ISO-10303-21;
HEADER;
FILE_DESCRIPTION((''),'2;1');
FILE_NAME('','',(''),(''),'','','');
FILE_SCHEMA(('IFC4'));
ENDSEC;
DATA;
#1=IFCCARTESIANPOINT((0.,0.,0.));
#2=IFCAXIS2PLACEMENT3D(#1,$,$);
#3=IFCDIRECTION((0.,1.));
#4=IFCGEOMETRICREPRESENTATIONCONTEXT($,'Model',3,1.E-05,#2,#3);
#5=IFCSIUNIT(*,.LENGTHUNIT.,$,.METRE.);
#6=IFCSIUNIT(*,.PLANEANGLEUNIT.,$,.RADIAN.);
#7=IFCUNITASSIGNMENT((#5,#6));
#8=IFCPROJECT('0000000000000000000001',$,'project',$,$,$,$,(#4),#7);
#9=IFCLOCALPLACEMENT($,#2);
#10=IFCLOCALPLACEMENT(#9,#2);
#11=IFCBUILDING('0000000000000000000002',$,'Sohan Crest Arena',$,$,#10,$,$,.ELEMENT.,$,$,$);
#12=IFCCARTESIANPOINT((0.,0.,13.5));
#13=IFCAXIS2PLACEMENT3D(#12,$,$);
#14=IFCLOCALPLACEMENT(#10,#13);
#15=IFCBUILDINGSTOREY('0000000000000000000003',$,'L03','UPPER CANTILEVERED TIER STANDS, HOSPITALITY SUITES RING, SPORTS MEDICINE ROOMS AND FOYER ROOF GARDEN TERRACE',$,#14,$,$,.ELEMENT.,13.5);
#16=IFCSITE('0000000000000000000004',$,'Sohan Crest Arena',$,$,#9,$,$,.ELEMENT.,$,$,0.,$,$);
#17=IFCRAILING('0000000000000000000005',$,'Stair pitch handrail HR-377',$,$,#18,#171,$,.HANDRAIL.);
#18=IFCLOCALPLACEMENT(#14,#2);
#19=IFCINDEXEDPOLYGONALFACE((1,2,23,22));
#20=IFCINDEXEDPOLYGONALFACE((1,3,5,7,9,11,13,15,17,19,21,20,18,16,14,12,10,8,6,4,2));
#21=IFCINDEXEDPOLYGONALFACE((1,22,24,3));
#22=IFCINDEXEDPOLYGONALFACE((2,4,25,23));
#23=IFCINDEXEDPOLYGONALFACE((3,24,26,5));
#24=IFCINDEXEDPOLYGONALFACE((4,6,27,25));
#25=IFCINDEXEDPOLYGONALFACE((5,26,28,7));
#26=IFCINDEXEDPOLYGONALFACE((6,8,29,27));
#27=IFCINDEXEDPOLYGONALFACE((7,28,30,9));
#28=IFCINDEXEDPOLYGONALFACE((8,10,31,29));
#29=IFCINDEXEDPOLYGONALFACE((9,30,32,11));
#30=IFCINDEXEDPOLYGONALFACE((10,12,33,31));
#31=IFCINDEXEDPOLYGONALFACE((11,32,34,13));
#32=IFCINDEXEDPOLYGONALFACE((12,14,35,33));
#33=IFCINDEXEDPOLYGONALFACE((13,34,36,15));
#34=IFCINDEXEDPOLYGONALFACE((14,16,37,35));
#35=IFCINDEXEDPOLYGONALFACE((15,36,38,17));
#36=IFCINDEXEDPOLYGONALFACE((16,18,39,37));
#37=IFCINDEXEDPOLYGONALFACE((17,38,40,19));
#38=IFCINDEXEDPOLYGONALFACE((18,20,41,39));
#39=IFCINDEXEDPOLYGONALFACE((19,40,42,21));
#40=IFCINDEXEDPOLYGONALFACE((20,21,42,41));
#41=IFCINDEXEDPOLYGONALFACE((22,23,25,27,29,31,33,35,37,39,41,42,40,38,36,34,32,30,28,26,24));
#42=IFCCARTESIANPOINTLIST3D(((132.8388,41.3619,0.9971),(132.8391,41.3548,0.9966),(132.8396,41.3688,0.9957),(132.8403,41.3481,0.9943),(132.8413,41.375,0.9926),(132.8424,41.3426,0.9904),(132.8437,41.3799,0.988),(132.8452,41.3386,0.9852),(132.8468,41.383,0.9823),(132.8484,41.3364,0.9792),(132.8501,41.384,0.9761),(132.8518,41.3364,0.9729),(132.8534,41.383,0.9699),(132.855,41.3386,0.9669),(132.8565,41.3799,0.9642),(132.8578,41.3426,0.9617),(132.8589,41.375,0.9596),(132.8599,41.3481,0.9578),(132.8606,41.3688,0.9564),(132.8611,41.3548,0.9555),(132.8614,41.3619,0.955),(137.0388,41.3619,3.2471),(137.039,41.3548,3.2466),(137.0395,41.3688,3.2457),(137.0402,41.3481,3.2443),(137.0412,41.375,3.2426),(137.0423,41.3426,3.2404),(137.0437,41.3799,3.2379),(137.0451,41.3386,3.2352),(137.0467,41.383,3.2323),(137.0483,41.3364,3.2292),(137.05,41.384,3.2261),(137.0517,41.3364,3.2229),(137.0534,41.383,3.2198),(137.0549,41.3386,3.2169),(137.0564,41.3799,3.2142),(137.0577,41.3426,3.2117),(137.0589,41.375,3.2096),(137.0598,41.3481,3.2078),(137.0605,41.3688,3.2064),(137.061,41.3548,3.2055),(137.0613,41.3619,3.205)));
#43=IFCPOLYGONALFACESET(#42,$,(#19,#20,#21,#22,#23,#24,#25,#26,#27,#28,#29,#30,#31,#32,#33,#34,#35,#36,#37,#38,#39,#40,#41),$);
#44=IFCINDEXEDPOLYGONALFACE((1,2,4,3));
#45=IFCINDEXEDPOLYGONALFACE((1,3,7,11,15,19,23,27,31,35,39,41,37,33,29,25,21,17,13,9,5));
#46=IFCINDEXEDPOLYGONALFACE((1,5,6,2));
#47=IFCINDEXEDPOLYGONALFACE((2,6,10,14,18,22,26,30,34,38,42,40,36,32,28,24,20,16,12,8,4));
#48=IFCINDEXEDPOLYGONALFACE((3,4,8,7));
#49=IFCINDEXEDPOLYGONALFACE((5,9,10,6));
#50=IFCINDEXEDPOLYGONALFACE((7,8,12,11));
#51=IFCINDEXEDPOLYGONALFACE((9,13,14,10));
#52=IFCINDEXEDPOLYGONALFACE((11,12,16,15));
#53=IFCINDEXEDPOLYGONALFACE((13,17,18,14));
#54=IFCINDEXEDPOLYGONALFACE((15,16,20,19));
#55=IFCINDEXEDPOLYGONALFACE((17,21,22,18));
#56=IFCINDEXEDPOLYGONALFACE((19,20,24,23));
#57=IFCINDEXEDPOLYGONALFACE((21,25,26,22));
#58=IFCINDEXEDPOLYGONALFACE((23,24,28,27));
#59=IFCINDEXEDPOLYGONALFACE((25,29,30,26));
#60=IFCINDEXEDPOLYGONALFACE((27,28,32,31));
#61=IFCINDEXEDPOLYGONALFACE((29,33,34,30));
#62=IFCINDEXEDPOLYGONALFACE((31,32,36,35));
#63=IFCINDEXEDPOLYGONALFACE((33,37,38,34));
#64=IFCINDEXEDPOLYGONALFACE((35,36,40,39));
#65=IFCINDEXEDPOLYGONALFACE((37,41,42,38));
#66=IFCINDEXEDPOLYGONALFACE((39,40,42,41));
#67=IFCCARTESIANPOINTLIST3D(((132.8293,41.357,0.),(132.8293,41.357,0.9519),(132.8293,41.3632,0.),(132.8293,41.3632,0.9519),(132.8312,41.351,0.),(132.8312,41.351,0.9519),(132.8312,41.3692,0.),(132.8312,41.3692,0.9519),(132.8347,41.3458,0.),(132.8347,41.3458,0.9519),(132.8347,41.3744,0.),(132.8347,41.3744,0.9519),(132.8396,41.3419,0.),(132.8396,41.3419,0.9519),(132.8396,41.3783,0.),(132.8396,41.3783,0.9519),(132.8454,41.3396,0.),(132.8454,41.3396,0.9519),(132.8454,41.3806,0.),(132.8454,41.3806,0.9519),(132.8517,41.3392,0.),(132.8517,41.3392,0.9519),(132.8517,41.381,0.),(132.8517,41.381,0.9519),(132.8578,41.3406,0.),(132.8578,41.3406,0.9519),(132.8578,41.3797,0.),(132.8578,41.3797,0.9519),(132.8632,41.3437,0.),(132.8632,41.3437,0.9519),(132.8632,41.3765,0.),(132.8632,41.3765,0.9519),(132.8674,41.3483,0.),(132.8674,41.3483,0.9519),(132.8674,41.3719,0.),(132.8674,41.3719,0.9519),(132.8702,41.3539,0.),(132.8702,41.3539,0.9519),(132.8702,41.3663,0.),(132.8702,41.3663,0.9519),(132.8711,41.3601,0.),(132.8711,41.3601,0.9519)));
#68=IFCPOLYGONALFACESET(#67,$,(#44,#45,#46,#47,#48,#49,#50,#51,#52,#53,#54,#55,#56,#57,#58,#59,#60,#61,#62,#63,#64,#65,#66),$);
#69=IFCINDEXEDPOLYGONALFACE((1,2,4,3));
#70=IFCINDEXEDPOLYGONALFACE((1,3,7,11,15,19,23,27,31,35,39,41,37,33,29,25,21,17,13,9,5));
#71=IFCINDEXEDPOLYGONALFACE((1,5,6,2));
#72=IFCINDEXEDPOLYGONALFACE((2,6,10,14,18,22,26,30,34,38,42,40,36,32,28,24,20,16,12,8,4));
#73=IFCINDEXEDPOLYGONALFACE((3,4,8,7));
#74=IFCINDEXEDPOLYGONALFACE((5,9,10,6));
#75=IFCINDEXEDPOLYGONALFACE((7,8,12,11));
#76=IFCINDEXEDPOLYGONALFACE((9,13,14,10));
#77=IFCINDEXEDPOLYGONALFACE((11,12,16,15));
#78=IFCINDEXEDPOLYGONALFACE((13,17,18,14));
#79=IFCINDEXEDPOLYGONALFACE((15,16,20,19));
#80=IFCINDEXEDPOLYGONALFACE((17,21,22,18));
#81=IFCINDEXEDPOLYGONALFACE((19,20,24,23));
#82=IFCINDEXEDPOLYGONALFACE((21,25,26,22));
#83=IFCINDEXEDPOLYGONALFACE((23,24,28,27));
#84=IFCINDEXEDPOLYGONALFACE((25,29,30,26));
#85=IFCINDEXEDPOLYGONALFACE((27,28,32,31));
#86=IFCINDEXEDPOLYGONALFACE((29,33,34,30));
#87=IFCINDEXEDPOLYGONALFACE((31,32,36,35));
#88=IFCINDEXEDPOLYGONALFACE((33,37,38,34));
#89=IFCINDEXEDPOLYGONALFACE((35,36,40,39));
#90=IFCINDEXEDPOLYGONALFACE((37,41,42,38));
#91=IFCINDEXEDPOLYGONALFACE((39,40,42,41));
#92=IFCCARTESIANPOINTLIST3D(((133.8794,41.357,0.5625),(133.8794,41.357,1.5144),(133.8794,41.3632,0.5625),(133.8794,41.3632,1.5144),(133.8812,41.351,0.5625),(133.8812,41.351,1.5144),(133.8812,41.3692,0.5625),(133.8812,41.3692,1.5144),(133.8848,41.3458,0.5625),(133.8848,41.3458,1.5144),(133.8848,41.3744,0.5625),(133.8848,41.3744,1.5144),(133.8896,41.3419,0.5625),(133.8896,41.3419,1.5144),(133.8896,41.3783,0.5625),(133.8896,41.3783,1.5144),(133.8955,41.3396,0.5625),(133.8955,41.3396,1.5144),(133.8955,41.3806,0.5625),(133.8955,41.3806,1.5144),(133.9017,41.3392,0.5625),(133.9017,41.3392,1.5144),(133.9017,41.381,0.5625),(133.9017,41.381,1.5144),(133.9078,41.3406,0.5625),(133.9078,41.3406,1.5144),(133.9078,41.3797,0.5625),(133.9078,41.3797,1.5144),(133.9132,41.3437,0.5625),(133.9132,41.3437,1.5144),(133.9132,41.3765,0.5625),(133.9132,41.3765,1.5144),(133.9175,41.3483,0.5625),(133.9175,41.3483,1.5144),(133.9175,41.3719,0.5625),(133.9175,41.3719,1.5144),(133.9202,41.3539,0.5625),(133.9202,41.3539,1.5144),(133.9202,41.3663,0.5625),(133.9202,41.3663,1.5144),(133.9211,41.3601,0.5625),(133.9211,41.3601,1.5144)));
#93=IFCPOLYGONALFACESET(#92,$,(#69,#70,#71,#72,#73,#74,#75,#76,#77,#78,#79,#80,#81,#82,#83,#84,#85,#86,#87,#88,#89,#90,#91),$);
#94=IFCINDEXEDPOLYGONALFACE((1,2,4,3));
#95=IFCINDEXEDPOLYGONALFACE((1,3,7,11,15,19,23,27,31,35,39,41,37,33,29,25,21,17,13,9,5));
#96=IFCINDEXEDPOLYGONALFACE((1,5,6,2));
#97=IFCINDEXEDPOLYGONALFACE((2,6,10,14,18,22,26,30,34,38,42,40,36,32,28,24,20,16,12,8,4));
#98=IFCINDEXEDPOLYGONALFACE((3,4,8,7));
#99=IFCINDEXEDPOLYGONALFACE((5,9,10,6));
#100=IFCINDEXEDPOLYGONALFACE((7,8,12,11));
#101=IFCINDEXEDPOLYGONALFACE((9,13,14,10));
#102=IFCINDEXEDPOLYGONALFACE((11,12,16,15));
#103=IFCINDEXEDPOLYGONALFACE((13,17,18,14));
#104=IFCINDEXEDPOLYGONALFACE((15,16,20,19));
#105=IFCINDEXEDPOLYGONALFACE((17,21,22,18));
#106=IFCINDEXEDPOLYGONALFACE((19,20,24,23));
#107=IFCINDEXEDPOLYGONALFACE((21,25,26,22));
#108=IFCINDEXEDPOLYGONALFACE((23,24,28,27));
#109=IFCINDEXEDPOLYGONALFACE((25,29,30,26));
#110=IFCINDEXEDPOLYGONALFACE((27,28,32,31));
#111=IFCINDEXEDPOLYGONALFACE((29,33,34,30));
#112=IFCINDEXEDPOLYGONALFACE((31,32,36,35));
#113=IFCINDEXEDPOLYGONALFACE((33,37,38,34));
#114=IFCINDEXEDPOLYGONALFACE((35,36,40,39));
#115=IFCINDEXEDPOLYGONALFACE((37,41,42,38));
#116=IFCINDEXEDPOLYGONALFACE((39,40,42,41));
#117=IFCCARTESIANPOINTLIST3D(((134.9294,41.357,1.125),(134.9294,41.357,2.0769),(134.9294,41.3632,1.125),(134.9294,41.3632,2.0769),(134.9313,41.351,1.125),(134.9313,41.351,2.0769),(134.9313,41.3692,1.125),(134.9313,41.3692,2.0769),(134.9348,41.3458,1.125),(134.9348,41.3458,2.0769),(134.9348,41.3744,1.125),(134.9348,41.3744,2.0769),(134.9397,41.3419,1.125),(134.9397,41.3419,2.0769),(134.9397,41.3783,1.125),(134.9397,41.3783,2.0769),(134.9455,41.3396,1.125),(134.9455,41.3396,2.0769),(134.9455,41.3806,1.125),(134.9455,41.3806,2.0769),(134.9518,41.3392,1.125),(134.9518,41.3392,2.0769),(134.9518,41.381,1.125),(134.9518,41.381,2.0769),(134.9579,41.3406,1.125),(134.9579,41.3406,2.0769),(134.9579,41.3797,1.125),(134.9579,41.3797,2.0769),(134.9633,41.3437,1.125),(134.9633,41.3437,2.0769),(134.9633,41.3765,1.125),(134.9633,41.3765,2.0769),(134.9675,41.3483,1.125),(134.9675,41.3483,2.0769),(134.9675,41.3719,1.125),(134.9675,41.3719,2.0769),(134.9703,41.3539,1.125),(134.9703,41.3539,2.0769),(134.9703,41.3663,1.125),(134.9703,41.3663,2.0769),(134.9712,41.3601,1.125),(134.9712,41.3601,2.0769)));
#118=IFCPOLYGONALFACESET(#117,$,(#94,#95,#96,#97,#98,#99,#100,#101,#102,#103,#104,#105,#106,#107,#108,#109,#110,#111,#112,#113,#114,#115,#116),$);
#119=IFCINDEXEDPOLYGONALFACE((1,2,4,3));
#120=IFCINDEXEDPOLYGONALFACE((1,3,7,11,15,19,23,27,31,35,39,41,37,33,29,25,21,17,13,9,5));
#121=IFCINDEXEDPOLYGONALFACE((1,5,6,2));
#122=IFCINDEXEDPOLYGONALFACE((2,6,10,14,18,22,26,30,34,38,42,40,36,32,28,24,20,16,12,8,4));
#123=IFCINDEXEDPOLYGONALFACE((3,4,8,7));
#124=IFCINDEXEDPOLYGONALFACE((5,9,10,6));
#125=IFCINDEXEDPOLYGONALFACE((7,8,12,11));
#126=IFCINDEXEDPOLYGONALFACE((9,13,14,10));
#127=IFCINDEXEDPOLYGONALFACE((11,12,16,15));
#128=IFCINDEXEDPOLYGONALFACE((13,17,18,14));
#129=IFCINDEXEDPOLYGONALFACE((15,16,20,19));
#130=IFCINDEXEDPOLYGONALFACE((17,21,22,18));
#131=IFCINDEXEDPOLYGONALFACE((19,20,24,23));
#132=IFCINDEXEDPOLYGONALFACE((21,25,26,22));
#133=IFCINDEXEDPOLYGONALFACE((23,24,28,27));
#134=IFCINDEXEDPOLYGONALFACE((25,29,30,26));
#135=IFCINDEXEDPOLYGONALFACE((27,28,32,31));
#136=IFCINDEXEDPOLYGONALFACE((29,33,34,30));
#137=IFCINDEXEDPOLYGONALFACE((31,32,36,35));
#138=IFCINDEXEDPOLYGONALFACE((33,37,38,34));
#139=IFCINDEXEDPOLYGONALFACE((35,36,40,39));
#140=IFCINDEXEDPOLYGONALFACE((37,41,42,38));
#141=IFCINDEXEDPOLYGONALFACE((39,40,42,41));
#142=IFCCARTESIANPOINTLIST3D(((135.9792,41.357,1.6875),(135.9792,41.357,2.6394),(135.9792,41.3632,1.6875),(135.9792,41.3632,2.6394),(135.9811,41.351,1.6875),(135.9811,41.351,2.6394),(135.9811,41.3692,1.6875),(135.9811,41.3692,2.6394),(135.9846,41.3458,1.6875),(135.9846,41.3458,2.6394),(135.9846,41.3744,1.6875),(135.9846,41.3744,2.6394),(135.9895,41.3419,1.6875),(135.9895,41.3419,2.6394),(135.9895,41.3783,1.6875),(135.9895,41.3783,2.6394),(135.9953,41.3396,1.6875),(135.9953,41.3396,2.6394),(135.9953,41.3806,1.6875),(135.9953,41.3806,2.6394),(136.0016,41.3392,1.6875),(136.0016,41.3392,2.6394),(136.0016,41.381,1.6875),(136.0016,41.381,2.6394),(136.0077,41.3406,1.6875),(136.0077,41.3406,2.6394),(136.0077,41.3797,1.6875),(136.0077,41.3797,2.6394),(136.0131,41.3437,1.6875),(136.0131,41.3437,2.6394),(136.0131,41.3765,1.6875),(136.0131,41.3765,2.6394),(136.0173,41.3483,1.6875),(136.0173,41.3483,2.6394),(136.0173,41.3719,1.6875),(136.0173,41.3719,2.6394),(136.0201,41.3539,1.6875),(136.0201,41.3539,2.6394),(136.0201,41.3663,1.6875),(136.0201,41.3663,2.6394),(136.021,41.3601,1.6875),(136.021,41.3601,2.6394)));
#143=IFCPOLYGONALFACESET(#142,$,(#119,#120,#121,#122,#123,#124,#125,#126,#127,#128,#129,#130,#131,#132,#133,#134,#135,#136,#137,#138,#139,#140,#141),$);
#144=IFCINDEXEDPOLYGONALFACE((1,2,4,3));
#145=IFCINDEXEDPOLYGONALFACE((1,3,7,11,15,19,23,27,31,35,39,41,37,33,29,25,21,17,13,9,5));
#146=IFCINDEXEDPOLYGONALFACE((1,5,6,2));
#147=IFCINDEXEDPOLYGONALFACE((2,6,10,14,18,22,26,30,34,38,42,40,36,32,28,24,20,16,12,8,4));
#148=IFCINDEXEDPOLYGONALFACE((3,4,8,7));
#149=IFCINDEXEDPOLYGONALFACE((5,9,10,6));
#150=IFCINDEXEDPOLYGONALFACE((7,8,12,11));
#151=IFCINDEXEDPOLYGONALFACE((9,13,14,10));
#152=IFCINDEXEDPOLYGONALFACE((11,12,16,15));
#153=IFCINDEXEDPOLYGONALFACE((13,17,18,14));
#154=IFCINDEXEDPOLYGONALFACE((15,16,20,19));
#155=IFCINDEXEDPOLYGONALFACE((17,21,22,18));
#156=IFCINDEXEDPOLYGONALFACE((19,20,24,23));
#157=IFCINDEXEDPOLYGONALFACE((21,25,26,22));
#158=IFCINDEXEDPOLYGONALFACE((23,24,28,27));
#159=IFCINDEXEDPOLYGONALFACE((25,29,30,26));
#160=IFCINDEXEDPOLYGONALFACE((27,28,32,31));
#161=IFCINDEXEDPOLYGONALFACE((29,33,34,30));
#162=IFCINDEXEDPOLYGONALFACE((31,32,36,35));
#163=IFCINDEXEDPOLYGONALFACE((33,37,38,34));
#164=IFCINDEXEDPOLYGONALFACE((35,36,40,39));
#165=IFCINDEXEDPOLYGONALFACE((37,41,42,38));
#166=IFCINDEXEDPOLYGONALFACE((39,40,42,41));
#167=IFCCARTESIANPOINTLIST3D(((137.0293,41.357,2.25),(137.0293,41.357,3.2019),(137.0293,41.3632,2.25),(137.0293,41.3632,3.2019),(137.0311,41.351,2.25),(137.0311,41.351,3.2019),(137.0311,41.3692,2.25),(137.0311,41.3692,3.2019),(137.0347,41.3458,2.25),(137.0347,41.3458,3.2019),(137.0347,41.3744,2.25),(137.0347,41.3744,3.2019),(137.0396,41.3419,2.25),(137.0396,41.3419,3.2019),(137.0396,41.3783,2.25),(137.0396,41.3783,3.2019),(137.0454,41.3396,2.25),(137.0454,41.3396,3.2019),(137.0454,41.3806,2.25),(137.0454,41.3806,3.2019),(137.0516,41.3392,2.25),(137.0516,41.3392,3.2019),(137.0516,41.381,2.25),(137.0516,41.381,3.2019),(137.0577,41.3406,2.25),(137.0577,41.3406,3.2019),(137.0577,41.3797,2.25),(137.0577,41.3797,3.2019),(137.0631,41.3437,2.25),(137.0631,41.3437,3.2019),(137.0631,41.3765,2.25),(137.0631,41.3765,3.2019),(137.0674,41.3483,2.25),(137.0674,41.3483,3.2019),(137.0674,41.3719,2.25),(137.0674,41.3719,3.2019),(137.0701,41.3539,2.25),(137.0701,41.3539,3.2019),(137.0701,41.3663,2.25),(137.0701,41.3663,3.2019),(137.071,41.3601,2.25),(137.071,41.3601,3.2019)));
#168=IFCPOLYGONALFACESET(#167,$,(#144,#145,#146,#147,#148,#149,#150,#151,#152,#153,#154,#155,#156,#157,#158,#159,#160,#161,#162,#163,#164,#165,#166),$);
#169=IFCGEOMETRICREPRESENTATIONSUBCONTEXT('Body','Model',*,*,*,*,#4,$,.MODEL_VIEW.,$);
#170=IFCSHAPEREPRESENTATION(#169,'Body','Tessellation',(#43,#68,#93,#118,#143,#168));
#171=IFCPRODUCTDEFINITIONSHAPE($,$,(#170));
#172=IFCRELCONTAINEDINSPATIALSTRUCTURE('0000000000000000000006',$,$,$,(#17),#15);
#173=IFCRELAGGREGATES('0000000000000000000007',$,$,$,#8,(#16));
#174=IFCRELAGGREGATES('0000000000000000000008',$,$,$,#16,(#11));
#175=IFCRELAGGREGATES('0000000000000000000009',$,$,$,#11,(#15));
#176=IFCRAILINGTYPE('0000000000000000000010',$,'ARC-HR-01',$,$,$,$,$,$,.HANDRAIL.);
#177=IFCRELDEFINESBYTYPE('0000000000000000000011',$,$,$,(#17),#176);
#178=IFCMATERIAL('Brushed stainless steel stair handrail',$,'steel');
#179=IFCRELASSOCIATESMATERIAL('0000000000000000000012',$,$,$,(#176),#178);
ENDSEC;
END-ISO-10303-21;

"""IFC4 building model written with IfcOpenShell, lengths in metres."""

from ifc_helpers import new_model, si_unit, direction, frame, origin, origin_2d, place, context, subcontext, project, spatial, circle, extrude, material, type_object, element, save


model = new_model("IFC4")

# Units and contexts
model_context = context("Model", 3, precision=1e-05, world=origin(), true_north=direction((0.0, 1.0)))
body_context = subcontext(model_context, "Body", "Model", "MODEL_VIEW")
ifc_project = project(units=[si_unit("LENGTHUNIT", "METRE"), si_unit("PLANEANGLEUNIT", "RADIAN")], contexts=[model_context])

# Site, building, storey
site_placement = place(None, origin())
site = spatial("IfcSite", under=ifc_project, at=site_placement, Name="Sohan Crest Arena", CompositionType="ELEMENT", RefElevation=0.0)
building_placement = place(site_placement, origin())
building = spatial("IfcBuilding", under=site, at=building_placement, Name="Sohan Crest Arena", CompositionType="ELEMENT")
storey_placement = place(building_placement, frame((0.0, 0.0, 13.5)))
storey = spatial("IfcBuildingStorey", under=building, at=storey_placement, Name="L03", Description="UPPER CANTILEVERED TIER STANDS, HOSPITALITY SUITES RING, SPORTS MEDICINE ROOMS AND FOYER ROOF GARDEN TERRACE", CompositionType="ELEMENT", Elevation=13.5)

# Railing
ifc_material_1 = material(Name="Brushed stainless steel stair handrail", Category="steel")
railing_type_1 = type_object("IfcRailingType", Name="ARC-HR-01", PredefinedType="HANDRAIL", material=ifc_material_1)
for number, where, name in (
    (1, (132.8501, 41.3601, 0.0), "Stair pitch handrail HR-377"),
):
    element("IfcRailing", number, at=place(storey_placement, frame(where)), inside=storey, type_object=railing_type_1, Name=name, PredefinedType="HANDRAIL", context=body_context, shape_type="SweptSolid", body=[
        extrude(circle(Radius=0.0239, at=origin_2d()), frame((0.0, 0.0, 0.9761), z_axis=(0.881478, 0.0, 0.472226), x_axis=(0.0, 1.0, 0.0)), (0.0, 0.0, 1.0), 4.7646),
        extrude(circle(Radius=0.021, at=origin_2d()), origin(), (0.0, 0.0, 1.0), 0.9519),
        extrude(circle(Radius=0.021, at=origin_2d()), frame((1.05, 0.0, 0.5625)), (0.0, 0.0, 1.0), 0.9519),
        extrude(circle(Radius=0.021, at=origin_2d()), frame((2.1001, 0.0, 1.125)), (0.0, 0.0, 1.0), 0.9519),
        extrude(circle(Radius=0.021, at=origin_2d()), frame((3.1499, 0.0, 1.6875)), (0.0, 0.0, 1.0), 0.9519),
        extrude(circle(Radius=0.021, at=origin_2d()), frame((4.2, 0.0, 2.25)), (0.0, 0.0, 1.0), 0.9519),
    ])

save(model, "model.ifc")
